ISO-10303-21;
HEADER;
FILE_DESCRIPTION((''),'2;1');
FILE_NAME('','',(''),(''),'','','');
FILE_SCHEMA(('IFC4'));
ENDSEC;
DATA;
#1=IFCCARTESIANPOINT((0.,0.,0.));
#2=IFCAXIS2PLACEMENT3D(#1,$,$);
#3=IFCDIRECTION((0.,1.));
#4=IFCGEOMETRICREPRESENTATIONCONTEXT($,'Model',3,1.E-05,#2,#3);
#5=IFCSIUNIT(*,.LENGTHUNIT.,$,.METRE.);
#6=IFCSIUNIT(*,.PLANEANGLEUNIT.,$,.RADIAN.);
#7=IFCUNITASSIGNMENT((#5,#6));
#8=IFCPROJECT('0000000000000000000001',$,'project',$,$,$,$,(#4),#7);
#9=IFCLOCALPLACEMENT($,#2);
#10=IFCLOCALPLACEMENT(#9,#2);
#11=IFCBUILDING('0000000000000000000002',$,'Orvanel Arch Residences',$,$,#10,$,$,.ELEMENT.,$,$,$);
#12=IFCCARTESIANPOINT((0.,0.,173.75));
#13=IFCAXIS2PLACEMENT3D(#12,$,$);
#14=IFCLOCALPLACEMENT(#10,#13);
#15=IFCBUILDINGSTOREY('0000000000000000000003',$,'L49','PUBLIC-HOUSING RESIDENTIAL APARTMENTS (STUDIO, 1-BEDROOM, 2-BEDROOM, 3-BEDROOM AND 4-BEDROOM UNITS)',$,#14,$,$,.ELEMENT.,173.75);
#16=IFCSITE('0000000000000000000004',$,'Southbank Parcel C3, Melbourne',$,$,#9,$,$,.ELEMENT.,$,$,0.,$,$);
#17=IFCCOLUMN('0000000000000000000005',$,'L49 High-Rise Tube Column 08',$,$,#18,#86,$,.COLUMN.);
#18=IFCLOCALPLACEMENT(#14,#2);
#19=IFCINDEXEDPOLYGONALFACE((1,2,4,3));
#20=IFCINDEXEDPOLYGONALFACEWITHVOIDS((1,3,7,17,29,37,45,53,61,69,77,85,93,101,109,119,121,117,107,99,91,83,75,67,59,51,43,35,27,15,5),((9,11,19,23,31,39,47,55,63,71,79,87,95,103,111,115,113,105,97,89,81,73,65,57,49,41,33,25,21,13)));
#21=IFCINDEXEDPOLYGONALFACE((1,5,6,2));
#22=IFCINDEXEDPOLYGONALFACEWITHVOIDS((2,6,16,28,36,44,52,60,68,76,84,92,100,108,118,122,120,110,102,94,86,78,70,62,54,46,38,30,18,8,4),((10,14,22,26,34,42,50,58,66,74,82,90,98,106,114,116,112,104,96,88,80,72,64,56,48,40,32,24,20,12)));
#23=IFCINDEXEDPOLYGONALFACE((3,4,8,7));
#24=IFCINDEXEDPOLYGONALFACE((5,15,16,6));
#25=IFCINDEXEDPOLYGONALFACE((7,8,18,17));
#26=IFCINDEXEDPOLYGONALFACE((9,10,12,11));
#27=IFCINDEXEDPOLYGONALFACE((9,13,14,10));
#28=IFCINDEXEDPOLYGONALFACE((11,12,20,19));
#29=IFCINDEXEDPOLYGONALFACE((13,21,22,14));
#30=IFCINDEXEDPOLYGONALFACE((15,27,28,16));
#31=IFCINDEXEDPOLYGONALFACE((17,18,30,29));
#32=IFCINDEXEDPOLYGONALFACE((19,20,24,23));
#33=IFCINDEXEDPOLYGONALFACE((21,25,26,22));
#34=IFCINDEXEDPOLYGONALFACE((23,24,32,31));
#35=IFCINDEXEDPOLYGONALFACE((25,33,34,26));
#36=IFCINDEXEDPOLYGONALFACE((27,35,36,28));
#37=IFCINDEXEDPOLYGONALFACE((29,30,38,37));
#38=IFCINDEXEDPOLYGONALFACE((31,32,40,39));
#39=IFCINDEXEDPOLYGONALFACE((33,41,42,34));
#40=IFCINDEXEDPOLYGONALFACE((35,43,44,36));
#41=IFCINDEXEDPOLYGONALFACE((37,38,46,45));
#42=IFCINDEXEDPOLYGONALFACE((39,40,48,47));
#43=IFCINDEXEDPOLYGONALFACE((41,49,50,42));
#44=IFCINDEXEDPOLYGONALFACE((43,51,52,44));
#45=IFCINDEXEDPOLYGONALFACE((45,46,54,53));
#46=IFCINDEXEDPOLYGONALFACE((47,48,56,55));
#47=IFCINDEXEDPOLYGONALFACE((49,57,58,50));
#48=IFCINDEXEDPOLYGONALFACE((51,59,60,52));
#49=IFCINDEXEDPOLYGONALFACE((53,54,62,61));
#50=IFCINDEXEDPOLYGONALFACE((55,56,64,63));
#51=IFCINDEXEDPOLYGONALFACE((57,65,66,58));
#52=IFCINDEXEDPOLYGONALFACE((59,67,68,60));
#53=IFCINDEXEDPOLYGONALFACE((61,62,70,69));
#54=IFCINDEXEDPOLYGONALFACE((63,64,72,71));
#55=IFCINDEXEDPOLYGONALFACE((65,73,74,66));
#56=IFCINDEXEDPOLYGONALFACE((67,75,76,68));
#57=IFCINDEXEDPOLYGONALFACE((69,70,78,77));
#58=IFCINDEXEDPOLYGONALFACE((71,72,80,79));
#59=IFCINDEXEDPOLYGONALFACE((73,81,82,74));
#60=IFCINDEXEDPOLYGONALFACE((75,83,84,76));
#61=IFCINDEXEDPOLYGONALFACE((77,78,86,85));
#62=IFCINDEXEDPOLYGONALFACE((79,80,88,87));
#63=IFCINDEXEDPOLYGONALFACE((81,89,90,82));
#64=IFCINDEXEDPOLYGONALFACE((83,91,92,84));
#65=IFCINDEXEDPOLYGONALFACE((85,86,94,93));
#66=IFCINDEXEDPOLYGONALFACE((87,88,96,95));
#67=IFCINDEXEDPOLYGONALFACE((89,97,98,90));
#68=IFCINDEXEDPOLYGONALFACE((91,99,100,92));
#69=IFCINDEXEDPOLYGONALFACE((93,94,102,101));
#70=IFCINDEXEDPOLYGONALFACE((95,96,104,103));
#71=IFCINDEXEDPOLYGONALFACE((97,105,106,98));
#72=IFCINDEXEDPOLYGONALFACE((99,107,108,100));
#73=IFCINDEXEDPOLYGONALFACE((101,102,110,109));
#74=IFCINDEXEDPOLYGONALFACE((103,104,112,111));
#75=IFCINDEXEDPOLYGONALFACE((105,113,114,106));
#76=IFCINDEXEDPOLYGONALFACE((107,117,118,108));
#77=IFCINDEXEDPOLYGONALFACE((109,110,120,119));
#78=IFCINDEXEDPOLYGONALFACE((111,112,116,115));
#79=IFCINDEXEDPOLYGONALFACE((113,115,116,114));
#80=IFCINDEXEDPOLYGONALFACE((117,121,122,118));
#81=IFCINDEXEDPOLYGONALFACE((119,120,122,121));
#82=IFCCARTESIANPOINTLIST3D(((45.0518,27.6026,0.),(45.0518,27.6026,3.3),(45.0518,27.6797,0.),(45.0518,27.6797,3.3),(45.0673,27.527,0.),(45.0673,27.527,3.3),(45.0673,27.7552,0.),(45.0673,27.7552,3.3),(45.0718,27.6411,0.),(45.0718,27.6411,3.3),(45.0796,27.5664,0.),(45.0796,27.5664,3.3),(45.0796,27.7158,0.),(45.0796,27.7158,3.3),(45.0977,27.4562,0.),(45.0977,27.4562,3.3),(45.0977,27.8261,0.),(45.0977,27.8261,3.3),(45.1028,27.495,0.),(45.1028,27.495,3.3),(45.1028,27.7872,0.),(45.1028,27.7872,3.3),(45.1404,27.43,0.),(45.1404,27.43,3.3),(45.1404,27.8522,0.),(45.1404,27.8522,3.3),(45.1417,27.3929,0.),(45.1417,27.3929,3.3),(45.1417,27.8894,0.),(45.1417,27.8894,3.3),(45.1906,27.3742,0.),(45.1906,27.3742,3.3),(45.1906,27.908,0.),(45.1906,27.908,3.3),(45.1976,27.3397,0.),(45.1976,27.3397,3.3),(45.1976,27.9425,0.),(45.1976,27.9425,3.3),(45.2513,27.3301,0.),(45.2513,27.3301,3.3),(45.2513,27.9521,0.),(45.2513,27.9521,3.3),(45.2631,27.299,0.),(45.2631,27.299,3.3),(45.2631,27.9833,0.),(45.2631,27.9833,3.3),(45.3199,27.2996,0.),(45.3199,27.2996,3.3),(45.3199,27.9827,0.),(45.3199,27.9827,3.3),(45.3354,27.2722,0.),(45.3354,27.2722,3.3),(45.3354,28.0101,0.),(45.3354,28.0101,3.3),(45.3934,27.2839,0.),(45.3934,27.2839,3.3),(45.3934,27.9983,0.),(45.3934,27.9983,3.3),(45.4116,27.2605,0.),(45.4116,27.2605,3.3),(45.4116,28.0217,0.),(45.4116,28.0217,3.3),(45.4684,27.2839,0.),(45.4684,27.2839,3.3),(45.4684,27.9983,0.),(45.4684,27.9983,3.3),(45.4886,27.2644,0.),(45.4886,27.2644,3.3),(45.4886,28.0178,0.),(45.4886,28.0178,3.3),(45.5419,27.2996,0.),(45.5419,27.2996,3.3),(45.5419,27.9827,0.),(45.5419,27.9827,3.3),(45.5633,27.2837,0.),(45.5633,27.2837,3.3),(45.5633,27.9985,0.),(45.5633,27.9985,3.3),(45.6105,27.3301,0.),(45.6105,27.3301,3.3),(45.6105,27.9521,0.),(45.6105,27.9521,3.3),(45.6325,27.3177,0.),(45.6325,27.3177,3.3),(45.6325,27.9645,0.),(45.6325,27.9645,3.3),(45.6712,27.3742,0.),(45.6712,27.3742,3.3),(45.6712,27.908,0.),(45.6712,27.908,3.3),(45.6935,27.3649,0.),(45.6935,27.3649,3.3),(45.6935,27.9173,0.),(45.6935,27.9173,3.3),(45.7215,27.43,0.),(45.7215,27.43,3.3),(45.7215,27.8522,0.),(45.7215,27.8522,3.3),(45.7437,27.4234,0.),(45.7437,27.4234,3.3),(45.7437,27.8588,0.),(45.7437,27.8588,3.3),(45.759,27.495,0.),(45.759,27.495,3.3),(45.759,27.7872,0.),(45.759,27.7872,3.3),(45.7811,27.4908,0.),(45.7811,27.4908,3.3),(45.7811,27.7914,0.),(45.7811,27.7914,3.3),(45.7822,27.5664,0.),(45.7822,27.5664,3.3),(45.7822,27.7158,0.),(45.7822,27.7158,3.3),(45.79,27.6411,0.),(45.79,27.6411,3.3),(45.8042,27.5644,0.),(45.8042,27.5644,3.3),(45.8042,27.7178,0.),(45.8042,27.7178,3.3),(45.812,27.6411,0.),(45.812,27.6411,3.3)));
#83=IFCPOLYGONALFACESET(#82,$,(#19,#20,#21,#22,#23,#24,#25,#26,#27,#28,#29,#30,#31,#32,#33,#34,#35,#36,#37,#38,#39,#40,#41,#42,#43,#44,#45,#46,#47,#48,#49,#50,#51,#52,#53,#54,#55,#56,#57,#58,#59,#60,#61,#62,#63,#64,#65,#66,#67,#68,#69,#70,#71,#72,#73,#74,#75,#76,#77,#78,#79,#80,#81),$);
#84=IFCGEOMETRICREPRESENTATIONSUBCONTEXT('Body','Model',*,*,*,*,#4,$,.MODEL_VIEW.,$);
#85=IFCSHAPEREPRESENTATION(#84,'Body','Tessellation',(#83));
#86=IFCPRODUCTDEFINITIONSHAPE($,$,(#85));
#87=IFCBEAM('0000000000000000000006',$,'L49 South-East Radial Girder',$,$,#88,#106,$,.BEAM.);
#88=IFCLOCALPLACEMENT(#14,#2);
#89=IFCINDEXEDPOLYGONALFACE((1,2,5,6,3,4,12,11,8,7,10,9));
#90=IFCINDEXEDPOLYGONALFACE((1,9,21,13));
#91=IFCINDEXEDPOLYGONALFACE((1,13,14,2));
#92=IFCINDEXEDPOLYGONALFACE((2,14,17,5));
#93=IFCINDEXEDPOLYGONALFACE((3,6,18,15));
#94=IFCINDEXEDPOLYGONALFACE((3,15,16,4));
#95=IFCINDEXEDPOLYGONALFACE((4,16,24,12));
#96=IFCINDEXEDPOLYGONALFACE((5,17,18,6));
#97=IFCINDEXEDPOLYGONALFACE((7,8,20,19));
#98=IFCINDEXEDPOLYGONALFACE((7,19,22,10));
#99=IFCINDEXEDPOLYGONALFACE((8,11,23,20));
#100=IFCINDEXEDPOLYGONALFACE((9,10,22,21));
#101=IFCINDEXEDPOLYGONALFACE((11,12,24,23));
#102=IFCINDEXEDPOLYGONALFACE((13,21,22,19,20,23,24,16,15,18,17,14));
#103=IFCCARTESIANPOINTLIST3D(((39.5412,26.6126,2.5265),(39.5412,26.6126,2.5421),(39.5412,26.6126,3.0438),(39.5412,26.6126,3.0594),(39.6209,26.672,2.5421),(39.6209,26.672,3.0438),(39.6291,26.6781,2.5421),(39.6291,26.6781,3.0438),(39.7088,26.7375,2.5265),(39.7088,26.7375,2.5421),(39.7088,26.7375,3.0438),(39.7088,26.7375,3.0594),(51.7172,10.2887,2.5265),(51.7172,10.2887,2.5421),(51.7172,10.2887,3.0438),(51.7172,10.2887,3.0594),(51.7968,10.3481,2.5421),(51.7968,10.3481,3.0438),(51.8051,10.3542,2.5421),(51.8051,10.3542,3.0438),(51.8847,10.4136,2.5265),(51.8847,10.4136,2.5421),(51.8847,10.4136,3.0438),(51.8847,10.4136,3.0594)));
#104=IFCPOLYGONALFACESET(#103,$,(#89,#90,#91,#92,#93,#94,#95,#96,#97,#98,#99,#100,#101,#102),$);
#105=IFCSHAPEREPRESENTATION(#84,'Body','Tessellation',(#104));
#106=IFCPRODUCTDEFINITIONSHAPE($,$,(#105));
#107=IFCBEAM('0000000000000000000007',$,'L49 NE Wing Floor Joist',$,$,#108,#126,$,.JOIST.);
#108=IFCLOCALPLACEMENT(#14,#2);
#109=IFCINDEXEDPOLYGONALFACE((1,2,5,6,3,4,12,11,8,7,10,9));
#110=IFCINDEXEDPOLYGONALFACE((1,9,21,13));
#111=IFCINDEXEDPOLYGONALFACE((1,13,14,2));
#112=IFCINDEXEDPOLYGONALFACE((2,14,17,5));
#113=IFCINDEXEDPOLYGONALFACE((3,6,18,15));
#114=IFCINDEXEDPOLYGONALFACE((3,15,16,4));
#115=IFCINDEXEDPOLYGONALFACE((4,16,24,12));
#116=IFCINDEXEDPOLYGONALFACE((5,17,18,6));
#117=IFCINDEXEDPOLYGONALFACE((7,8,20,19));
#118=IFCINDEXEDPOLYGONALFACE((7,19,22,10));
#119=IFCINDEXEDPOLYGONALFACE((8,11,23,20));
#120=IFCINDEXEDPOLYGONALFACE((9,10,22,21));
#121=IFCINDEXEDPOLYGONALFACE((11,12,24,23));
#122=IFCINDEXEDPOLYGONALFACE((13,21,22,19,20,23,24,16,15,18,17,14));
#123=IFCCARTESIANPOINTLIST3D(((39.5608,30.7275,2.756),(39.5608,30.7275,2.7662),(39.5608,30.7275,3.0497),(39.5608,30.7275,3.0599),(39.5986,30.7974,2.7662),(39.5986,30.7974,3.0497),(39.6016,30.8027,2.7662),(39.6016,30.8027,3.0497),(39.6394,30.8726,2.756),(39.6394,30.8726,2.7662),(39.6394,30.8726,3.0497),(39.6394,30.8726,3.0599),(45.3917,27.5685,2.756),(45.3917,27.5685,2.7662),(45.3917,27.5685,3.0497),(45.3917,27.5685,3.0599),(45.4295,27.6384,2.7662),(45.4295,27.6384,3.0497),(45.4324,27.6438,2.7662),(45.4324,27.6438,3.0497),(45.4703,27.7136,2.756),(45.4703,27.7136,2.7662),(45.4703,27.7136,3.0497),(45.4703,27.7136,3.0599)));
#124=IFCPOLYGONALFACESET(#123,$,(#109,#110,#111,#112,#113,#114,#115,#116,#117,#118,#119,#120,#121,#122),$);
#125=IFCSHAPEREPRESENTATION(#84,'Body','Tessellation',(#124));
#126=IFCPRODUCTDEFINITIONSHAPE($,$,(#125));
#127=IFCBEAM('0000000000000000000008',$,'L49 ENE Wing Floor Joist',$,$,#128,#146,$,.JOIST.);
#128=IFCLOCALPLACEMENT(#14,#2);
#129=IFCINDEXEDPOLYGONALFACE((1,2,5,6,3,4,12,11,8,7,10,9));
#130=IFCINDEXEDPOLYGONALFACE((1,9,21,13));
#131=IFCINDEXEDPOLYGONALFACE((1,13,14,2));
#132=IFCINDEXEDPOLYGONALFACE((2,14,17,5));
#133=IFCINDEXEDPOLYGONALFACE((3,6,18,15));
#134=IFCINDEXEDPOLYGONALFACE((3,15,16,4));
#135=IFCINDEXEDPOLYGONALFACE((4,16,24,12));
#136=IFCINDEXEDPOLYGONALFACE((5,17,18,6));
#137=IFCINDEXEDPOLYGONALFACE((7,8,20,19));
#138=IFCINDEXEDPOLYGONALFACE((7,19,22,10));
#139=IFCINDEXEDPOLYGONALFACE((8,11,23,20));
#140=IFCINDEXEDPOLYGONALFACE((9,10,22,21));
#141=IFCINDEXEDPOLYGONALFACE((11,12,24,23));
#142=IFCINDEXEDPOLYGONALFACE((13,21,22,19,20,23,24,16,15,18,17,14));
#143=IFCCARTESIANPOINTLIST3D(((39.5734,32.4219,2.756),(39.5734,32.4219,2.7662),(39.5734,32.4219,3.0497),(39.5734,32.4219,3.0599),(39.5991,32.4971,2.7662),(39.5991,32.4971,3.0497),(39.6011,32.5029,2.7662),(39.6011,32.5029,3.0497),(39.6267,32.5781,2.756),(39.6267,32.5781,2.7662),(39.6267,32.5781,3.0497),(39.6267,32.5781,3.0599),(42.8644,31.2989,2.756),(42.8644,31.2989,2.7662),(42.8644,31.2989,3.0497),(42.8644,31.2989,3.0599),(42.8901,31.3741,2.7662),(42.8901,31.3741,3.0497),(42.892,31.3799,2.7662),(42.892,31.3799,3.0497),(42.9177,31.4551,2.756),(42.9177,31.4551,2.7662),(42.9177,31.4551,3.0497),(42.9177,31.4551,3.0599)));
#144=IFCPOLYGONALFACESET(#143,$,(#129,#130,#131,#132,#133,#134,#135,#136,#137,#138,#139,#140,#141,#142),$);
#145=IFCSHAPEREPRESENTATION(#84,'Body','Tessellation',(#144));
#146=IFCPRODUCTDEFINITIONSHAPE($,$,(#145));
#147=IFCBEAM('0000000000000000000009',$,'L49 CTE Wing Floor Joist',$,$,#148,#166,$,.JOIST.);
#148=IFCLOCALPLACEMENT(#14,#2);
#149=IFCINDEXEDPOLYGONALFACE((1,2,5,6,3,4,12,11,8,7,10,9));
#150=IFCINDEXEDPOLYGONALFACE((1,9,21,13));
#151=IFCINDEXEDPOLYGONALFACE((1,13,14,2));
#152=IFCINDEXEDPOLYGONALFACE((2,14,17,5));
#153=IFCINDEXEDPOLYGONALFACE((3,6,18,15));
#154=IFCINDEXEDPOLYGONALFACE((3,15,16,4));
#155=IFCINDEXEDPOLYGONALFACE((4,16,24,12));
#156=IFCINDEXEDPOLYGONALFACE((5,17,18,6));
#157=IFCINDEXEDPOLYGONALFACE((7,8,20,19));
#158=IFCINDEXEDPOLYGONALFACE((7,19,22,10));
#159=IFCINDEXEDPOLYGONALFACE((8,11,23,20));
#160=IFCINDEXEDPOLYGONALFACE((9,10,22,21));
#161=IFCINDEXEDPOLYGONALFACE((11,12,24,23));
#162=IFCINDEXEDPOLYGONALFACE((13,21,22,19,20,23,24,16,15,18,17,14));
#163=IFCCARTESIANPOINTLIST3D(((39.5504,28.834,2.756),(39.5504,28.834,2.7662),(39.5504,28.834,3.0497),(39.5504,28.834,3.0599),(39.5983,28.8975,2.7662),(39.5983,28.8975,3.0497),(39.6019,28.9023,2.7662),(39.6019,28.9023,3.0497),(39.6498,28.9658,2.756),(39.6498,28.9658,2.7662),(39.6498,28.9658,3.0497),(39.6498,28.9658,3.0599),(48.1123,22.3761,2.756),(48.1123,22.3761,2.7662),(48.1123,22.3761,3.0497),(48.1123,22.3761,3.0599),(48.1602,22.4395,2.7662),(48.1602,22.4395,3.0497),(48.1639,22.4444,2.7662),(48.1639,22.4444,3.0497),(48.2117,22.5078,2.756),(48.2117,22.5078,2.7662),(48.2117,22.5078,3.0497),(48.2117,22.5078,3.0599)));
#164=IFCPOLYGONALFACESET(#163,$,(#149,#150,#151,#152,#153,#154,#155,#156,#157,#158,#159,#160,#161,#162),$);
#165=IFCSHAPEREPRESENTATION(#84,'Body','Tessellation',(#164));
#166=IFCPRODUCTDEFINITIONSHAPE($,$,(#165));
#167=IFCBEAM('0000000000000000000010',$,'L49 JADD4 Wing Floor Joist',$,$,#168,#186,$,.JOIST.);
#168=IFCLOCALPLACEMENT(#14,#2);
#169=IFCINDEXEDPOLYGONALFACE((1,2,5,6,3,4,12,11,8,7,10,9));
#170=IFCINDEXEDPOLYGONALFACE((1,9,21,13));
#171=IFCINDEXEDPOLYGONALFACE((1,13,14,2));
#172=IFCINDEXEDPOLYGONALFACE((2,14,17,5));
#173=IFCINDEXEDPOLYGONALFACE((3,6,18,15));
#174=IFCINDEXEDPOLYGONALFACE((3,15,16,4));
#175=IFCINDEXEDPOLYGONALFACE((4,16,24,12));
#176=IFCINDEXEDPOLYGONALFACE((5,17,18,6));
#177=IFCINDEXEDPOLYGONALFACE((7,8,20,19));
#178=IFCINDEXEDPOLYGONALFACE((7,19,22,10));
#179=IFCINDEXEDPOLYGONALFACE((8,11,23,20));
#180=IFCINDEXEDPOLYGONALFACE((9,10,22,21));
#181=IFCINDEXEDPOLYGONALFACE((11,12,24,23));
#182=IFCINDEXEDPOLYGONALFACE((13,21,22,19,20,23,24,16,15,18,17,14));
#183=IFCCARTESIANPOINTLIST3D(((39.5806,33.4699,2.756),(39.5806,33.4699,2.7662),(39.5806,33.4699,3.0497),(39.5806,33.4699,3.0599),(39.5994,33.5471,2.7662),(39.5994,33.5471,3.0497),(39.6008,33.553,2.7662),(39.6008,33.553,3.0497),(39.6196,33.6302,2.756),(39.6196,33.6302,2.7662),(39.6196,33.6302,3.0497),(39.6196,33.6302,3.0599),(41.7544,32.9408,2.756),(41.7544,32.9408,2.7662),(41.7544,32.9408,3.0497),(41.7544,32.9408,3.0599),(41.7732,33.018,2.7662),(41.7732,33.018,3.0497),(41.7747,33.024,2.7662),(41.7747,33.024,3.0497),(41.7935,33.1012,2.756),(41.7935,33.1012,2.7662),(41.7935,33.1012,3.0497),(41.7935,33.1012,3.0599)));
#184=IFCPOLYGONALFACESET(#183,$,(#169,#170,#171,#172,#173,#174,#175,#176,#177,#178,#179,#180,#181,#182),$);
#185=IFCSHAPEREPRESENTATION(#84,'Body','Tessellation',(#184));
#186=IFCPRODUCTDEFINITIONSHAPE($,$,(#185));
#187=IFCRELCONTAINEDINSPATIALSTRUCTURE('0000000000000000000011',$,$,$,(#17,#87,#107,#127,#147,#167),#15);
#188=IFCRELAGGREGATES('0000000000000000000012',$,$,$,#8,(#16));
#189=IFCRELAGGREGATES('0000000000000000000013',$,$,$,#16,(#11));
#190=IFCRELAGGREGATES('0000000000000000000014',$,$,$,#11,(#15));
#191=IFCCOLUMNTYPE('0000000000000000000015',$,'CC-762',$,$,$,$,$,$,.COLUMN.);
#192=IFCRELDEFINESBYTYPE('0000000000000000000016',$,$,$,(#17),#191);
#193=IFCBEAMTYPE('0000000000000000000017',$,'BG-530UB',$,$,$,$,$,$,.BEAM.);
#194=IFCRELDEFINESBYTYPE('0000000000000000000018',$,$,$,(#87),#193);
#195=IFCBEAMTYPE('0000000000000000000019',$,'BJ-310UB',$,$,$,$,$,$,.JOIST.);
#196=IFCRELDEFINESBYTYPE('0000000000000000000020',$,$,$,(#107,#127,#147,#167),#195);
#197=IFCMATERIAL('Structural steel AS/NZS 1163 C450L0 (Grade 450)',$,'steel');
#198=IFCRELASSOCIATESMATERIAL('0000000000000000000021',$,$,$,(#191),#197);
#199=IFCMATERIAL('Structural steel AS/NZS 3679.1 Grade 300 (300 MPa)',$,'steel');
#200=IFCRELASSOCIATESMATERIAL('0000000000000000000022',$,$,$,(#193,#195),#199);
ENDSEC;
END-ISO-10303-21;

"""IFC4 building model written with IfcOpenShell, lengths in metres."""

from ifc_helpers import new_model, si_unit, direction, frame, origin, origin_2d, place, context, subcontext, project, spatial, hollow_circle, i_section, extrude, material, material_profile, profile_set, type_object, element, save


model = new_model("IFC4")

# Units and contexts
model_context = context("Model", 3, precision=1e-05, world=origin(), true_north=direction((0.0, 1.0)))
body_context = subcontext(model_context, "Body", "Model", "MODEL_VIEW")
ifc_project = project(units=[si_unit("LENGTHUNIT", "METRE"), si_unit("PLANEANGLEUNIT", "RADIAN")], contexts=[model_context])

# Site, building, storey
site_placement = place(None, origin())
site = spatial("IfcSite", under=ifc_project, at=site_placement, Name="Southbank Parcel C3, Melbourne", CompositionType="ELEMENT", RefElevation=0.0)
building_placement = place(site_placement, origin())
building = spatial("IfcBuilding", under=site, at=building_placement, Name="Orvanel Arch Residences", CompositionType="ELEMENT")
storey_placement = place(building_placement, frame((0.0, 0.0, 173.75)))
storey = spatial("IfcBuildingStorey", under=building, at=storey_placement, Name="L49", Description="PUBLIC-HOUSING RESIDENTIAL APARTMENTS (STUDIO, 1-BEDROOM, 2-BEDROOM, 3-BEDROOM AND 4-BEDROOM UNITS)", CompositionType="ELEMENT", Elevation=173.75)

# Column
ifc_material_1 = material(Name="Structural steel AS/NZS 1163 C450L0 (Grade 450)", Category="steel")
ifc_material_profile_1 = material_profile(ifc_material_1, hollow_circle(Radius=0.3811, WallThickness=0.022, at=origin_2d()), Name="CHS762x22")
ifc_profile_set_1 = profile_set([ifc_material_profile_1], Name="Structural steel AS/NZS 1163 C450L0 (Grade 450)")
column_type = type_object("IfcColumnType", Name="CC-762", PredefinedType="COLUMN", material=ifc_profile_set_1)
column_placement = place(storey_placement, frame((45.4309, 27.6411, 0.0), z_axis=(0.0, 0.0, 1.0), x_axis=(1.0, 0.0, 0.0)))
element("IfcColumn", 1, at=column_placement, inside=storey, type_object=column_type, Name="L49 High-Rise Tube Column 08", PredefinedType="COLUMN", context=body_context, shape_type="SweptSolid", body=[
    extrude(hollow_circle(Radius=0.3811, WallThickness=0.022, at=origin_2d()), origin(), (0.0, 0.0, 1.0), 3.3),
])

# Beams
ifc_material_2 = material(Name="Structural steel AS/NZS 3679.1 Grade 300 (300 MPa)", Category="steel")
ifc_material_profile_2 = material_profile(ifc_material_2, i_section(OverallWidth=0.209, OverallDepth=0.533, WebThickness=0.0103, FlangeThickness=0.0156, at=origin_2d()), Name="530UB92.4")
ifc_profile_set_2 = profile_set([ifc_material_profile_2], Name="Structural steel AS/NZS 3679.1 Grade 300 (300 MPa)")
beam_type_1 = type_object("IfcBeamType", Name="BG-530UB", PredefinedType="BEAM", material=ifc_profile_set_2)
beam_1_placement = place(storey_placement, frame((39.625, 26.675, 2.793), z_axis=(0.597894, -0.801575, 0.0), x_axis=(0.801575, 0.597894, 0.0)))
element("IfcBeam", 2, at=beam_1_placement, inside=storey, type_object=beam_type_1, Name="L49 South-East Radial Girder", PredefinedType="BEAM", context=body_context, shape_type="SweptSolid", body=[
    extrude(i_section(OverallWidth=0.209, OverallDepth=0.533, WebThickness=0.0103, FlangeThickness=0.0156, at=origin_2d()), origin(), (0.0, 0.0, 1.0), 20.3647),
])
ifc_material_profile_3 = material_profile(ifc_material_2, i_section(OverallWidth=0.165, OverallDepth=0.304, WebThickness=0.0061, FlangeThickness=0.0103, at=origin_2d()), Name="310UB40.4")
ifc_profile_set_3 = profile_set([ifc_material_profile_3], Name="Structural steel AS/NZS 3679.1 Grade 300 (300 MPa)")
beam_type_2 = type_object("IfcBeamType", Name="BJ-310UB", PredefinedType="JOIST", material=ifc_profile_set_3)
beam_2_placement = place(storey_placement, frame((39.6001, 30.8, 2.908), z_axis=(0.879255, -0.476351, 0.0), x_axis=(0.476351, 0.879255, 0.0)))
element("IfcBeam", 3, at=beam_2_placement, inside=storey, type_object=beam_type_2, Name="L49 NE Wing Floor Joist", PredefinedType="JOIST", context=body_context, shape_type="SweptSolid", body=[
    extrude(i_section(OverallWidth=0.165, OverallDepth=0.304, WebThickness=0.0061, FlangeThickness=0.0103, at=origin_2d()), origin(), (0.0, 0.0, 1.0), 6.6316),
])
beam_3_placement = place(storey_placement, frame((39.6001, 32.5, 2.908), z_axis=(0.946413, -0.32296, 0.0), x_axis=(0.32296, 0.946413, 0.0)))
element("IfcBeam", 4, at=beam_3_placement, inside=storey, type_object=beam_type_2, Name="L49 ENE Wing Floor Joist", PredefinedType="JOIST", context=body_context, shape_type="SweptSolid", body=[
    extrude(i_section(OverallWidth=0.165, OverallDepth=0.304, WebThickness=0.0061, FlangeThickness=0.0103, at=origin_2d()), origin(), (0.0, 0.0, 1.0), 3.4773),
])
beam_4_placement = place(storey_placement, frame((39.6001, 28.8999, 2.908), z_axis=(0.798363, -0.602176, 0.0), x_axis=(0.602176, 0.798363, 0.0)))
element("IfcBeam", 5, at=beam_4_placement, inside=storey, type_object=beam_type_2, Name="L49 CTE Wing Floor Joist", PredefinedType="JOIST", context=body_context, shape_type="SweptSolid", body=[
    extrude(i_section(OverallWidth=0.165, OverallDepth=0.304, WebThickness=0.0061, FlangeThickness=0.0103, at=origin_2d()), origin(), (0.0, 0.0, 1.0), 10.7244),
])
beam_5_placement = place(storey_placement, frame((39.6001, 33.55, 2.908), z_axis=(0.971638, -0.236471, 0.0), x_axis=(0.236471, 0.971638, 0.0)))
element("IfcBeam", 6, at=beam_5_placement, inside=storey, type_object=beam_type_2, Name="L49 JADD4 Wing Floor Joist", PredefinedType="JOIST", context=body_context, shape_type="SweptSolid", body=[
    extrude(i_section(OverallWidth=0.165, OverallDepth=0.304, WebThickness=0.0061, FlangeThickness=0.0103, at=origin_2d()), origin(), (0.0, 0.0, 1.0), 2.2373),
])

save(model, "model.ifc")
